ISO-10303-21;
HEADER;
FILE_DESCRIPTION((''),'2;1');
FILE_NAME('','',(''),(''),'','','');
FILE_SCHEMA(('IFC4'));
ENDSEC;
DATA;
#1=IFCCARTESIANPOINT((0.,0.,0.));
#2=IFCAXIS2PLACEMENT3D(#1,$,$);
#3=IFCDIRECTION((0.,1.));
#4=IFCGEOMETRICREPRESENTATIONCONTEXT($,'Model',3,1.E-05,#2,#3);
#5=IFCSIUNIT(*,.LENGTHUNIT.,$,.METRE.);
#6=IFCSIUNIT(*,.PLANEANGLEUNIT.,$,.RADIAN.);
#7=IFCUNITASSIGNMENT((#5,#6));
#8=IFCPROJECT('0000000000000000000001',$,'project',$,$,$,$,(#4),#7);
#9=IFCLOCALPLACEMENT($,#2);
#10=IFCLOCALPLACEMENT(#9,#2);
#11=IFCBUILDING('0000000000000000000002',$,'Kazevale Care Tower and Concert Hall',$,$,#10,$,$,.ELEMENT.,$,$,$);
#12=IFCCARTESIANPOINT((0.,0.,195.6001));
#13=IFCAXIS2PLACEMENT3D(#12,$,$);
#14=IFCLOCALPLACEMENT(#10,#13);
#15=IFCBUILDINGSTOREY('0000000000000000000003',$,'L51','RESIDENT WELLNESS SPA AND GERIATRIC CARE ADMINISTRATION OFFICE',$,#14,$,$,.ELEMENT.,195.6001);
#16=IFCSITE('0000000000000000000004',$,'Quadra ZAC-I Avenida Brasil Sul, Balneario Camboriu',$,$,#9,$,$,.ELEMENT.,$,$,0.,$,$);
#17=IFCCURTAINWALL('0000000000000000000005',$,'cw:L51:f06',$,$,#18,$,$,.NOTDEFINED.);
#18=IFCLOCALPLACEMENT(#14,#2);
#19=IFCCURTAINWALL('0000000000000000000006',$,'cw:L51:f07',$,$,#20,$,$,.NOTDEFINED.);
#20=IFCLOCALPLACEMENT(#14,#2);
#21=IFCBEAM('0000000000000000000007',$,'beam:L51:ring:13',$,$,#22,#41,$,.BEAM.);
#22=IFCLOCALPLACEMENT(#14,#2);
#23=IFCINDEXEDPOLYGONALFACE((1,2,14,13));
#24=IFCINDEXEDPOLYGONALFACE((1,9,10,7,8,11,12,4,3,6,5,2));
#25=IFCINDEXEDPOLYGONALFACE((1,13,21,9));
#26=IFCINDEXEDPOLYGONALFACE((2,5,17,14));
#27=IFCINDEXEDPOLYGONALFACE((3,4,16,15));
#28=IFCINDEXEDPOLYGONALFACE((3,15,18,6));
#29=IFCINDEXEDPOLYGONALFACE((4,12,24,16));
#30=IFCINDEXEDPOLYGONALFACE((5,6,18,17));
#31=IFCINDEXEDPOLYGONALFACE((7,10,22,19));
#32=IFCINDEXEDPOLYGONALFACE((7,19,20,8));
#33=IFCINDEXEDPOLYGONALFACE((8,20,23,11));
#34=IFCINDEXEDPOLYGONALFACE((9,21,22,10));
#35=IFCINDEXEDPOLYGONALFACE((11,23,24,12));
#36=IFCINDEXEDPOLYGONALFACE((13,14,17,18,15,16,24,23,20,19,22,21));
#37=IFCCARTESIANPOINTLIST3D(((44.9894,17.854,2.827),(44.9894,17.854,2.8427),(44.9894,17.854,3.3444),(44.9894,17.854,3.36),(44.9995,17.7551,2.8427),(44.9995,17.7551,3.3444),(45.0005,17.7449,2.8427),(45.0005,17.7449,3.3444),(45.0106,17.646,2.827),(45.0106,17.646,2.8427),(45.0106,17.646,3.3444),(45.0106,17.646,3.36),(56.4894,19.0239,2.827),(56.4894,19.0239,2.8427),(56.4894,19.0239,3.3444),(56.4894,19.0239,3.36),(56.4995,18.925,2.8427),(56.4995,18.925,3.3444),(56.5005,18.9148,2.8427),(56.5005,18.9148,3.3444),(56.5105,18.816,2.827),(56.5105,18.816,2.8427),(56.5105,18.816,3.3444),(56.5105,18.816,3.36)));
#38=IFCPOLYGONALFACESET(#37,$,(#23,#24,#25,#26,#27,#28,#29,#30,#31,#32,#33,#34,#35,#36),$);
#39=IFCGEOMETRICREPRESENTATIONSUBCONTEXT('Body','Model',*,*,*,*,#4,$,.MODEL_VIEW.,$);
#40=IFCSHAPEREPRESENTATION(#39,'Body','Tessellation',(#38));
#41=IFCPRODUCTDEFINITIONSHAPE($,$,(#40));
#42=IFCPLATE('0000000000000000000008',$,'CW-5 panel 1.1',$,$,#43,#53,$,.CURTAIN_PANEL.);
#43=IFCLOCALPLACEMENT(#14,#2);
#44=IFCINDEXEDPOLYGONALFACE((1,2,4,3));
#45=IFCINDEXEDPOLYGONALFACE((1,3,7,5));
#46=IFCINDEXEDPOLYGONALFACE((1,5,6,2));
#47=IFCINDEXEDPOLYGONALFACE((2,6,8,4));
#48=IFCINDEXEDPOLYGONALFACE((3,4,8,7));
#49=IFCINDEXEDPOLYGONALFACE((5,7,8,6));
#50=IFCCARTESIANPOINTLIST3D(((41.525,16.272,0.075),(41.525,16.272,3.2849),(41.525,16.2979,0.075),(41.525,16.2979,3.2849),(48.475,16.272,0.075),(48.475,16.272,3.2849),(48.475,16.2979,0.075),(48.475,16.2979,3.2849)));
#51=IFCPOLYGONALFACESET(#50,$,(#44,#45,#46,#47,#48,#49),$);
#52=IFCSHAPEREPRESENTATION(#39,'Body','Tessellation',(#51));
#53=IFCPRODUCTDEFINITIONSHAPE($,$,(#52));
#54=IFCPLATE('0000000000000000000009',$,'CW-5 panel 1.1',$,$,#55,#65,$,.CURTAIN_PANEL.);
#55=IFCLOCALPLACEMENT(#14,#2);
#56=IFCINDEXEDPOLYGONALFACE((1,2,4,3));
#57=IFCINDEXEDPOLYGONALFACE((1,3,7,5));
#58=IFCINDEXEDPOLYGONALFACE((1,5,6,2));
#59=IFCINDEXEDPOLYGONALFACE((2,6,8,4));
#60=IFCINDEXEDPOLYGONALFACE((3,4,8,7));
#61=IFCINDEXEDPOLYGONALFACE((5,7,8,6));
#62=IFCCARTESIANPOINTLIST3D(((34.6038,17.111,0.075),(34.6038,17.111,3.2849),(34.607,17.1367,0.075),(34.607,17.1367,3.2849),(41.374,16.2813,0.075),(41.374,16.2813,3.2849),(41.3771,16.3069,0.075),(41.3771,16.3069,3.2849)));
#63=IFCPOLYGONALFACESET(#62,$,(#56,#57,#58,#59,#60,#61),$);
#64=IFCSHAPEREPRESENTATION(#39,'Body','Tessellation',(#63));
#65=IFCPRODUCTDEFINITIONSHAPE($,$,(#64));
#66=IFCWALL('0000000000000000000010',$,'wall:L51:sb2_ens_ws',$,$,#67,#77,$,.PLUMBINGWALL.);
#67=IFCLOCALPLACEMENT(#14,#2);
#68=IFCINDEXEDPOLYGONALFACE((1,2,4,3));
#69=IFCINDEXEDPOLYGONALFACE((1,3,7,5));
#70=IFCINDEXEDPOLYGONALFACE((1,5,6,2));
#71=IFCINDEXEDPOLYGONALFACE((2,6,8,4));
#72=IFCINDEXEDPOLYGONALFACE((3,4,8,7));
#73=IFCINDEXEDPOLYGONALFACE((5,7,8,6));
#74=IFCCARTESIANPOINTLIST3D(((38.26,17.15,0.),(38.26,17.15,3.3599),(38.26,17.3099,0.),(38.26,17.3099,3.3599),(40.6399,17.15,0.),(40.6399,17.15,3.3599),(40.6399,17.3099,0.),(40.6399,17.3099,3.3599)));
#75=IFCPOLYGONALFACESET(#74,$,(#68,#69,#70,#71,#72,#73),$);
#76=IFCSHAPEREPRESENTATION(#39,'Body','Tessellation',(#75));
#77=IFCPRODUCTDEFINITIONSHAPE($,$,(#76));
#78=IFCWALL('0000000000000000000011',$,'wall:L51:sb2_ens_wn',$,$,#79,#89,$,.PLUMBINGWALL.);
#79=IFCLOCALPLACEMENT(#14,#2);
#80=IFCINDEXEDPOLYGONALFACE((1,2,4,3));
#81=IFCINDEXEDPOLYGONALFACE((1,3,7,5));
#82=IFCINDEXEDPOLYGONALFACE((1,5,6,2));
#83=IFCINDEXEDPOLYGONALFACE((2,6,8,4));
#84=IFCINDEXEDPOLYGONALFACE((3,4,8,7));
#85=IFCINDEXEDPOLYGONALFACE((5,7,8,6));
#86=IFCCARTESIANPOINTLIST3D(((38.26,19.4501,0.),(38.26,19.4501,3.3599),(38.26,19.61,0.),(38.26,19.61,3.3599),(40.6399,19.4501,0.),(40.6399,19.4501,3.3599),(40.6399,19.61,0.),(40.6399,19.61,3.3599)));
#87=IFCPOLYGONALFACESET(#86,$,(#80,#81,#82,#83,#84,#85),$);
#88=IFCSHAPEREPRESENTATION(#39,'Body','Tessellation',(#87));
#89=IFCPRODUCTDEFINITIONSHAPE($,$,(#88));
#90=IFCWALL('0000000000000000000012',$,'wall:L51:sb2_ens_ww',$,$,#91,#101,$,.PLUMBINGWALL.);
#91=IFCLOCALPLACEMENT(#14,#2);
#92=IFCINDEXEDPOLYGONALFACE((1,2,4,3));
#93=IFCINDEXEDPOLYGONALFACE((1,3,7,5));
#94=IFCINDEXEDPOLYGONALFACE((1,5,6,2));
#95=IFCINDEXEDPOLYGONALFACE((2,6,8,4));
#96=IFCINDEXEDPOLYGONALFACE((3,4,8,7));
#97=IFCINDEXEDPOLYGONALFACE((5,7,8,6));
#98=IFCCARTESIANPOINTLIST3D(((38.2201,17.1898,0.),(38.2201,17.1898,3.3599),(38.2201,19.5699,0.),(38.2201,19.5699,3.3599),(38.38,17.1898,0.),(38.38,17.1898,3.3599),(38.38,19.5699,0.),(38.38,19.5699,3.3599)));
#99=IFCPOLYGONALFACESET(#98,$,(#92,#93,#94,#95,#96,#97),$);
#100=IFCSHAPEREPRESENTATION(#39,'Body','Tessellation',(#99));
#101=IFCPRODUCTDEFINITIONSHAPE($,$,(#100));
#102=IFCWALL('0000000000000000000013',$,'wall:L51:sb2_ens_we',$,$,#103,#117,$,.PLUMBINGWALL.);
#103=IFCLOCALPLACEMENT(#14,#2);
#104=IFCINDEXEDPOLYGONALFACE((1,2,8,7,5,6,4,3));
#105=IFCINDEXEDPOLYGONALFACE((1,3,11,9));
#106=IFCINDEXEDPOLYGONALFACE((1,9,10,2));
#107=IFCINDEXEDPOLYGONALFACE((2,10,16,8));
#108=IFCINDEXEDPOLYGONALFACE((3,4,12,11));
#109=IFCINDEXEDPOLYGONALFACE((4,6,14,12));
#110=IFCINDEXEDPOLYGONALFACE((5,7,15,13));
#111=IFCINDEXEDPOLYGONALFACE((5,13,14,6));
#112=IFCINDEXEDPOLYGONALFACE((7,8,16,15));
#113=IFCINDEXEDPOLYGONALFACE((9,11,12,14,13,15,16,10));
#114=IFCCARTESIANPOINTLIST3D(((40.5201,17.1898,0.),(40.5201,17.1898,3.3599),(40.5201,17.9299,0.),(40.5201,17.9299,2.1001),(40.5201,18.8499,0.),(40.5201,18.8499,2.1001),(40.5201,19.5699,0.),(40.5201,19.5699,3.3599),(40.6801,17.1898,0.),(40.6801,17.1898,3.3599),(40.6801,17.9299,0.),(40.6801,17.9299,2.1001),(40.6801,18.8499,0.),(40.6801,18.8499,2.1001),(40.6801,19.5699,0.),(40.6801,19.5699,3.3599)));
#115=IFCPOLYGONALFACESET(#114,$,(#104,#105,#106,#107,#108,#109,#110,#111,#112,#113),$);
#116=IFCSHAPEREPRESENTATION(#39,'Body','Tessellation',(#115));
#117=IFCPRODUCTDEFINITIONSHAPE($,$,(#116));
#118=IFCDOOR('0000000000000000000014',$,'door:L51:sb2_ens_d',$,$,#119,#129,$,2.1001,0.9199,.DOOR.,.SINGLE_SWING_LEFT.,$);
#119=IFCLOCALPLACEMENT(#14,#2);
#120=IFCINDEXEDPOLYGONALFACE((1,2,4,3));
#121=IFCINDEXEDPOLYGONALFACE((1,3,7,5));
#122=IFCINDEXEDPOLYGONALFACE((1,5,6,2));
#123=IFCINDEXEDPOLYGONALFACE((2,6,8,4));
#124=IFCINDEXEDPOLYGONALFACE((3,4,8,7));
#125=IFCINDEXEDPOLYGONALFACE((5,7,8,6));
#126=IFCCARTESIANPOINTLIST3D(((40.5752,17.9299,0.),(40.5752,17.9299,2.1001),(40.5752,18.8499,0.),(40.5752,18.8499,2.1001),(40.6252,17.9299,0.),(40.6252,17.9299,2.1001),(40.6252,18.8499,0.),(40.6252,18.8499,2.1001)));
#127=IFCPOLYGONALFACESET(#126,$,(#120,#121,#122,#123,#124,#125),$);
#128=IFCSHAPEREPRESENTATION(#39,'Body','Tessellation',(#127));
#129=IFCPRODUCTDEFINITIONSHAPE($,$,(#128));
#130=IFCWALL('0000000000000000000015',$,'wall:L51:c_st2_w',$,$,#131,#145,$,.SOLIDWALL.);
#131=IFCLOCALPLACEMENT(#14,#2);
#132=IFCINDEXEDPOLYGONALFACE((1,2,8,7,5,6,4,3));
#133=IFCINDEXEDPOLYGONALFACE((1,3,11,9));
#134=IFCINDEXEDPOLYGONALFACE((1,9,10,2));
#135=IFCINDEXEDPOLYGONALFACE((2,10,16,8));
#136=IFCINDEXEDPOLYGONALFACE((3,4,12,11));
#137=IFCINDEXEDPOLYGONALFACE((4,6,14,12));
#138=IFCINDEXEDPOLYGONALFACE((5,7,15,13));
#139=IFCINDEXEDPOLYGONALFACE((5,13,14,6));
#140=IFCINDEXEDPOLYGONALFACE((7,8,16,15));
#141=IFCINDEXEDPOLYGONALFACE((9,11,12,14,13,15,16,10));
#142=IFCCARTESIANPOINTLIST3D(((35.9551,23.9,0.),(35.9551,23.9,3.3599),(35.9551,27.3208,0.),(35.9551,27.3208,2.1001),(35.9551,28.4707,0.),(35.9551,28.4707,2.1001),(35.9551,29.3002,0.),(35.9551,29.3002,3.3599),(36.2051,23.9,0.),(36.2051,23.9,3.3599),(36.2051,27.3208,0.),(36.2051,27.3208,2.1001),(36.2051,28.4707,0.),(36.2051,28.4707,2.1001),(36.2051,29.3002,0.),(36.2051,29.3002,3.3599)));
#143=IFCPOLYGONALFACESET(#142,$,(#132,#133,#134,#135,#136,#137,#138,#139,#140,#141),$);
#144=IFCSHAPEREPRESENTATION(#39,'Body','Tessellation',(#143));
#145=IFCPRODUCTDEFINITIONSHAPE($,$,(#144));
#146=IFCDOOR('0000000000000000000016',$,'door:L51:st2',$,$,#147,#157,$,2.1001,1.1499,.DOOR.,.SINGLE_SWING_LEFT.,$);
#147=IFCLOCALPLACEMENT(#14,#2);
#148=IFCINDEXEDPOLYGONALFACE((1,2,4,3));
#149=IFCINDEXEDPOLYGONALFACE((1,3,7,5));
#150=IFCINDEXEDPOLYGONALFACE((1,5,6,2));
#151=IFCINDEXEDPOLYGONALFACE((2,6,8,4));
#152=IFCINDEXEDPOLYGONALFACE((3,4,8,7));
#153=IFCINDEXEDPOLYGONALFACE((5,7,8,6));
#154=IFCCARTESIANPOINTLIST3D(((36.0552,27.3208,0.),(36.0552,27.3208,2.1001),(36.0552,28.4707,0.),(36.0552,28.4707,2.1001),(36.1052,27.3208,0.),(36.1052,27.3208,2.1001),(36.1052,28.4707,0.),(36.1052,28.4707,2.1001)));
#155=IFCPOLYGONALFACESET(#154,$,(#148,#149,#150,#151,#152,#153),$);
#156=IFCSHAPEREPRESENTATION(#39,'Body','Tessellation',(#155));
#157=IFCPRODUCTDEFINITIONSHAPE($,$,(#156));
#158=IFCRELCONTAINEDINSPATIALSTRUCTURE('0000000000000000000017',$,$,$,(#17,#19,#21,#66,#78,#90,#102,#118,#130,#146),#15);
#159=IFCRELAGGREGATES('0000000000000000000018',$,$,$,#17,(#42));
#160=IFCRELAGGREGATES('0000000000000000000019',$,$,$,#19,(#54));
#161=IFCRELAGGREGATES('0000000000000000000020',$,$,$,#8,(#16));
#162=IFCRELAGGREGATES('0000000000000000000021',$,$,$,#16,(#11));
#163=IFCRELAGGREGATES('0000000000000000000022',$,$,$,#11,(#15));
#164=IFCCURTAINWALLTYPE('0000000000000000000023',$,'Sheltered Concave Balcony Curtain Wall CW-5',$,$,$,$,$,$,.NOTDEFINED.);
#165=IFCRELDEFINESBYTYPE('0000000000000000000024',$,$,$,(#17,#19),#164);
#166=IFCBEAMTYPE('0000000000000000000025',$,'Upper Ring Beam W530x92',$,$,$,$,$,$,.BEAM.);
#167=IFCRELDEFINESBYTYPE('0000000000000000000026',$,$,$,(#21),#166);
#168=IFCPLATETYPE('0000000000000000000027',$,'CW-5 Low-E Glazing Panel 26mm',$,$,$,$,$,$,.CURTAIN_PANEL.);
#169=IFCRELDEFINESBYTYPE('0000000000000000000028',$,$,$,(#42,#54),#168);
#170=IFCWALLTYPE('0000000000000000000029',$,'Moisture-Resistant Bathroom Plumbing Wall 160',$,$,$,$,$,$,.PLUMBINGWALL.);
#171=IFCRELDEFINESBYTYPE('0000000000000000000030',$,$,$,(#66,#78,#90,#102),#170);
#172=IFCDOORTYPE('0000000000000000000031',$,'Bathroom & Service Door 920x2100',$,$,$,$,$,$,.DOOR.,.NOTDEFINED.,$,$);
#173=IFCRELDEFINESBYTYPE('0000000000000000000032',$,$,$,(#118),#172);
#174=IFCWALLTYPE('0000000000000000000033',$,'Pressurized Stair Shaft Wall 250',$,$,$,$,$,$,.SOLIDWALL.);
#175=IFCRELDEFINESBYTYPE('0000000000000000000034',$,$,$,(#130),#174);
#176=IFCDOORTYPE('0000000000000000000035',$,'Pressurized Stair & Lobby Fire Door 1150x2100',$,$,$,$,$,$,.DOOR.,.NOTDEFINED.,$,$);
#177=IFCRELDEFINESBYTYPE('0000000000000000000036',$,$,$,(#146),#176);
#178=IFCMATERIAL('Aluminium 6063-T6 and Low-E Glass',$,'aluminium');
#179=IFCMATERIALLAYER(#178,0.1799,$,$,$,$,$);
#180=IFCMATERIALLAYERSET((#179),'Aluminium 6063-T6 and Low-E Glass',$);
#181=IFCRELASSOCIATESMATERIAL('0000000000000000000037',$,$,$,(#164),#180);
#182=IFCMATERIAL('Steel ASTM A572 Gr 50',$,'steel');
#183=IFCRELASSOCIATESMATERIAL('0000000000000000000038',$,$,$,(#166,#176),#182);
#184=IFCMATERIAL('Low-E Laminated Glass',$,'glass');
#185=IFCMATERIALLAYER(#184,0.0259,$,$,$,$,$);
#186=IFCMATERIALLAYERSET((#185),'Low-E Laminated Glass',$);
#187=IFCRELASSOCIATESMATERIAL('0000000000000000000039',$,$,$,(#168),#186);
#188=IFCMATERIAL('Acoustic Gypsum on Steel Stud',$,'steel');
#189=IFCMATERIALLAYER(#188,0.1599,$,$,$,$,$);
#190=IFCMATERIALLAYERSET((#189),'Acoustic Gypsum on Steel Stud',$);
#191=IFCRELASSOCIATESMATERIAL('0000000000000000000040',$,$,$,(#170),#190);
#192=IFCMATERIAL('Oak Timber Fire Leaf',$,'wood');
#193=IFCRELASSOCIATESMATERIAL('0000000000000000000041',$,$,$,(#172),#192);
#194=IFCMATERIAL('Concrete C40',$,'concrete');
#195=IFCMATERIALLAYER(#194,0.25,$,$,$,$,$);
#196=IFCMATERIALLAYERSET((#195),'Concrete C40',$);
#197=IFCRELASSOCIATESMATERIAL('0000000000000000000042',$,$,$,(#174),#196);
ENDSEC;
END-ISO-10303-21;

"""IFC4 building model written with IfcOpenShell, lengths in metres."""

from ifc_helpers import new_model, si_unit, direction, frame, frame_2d, origin, origin_2d, place, context, subcontext, project, spatial, rectangle, i_section, extrude, material, layer, layer_set, material_profile, profile_set, type_object, element, fill, aggregate, save


model = new_model("IFC4")

# Units and contexts
model_context = context("Model", 3, precision=1e-05, world=origin(), true_north=direction((0.0, 1.0)))
body_context = subcontext(model_context, "Body", "Model", "MODEL_VIEW")
ifc_project = project(units=[si_unit("LENGTHUNIT", "METRE"), si_unit("PLANEANGLEUNIT", "RADIAN")], contexts=[model_context])

# Site, building, storey
site_placement = place(None, origin())
site = spatial("IfcSite", under=ifc_project, at=site_placement, Name="Quadra ZAC-I Avenida Brasil Sul, Balneario Camboriu", CompositionType="ELEMENT", RefElevation=0.0)
building_placement = place(site_placement, origin())
building = spatial("IfcBuilding", under=site, at=building_placement, Name="Kazevale Care Tower and Concert Hall", CompositionType="ELEMENT")
storey_placement = place(building_placement, frame((0.0, 0.0, 195.6001)))
storey = spatial("IfcBuildingStorey", under=building, at=storey_placement, Name="L51", Description="RESIDENT WELLNESS SPA AND GERIATRIC CARE ADMINISTRATION OFFICE", CompositionType="ELEMENT", Elevation=195.6001)

# Curtain wall
ifc_material_1 = material(Name="Aluminium 6063-T6 and Low-E Glass", Category="aluminium")
ifc_layer_1 = layer(ifc_material_1, 0.1799)
ifc_layer_set_1 = layer_set([ifc_layer_1], Name="Aluminium 6063-T6 and Low-E Glass")
curtain_wall_type = type_object("IfcCurtainWallType", Name="Sheltered Concave Balcony Curtain Wall CW-5", PredefinedType="NOTDEFINED", material=ifc_layer_set_1)
curtain_wall_1_placement = place(storey_placement, origin())
curtain_wall_1 = element("IfcCurtainWall", 1, at=curtain_wall_1_placement, inside=storey, type_object=curtain_wall_type, Name="cw:L51:f06", PredefinedType="NOTDEFINED")

# Curtain wall
curtain_wall_2_placement = place(storey_placement, origin())
curtain_wall_2 = element("IfcCurtainWall", 2, at=curtain_wall_2_placement, inside=storey, type_object=curtain_wall_type, Name="cw:L51:f07", PredefinedType="NOTDEFINED")

# Beam
ifc_material_2 = material(Name="Steel ASTM A572 Gr 50", Category="steel")
ifc_material_profile_1 = material_profile(ifc_material_2, i_section(OverallWidth=0.209, OverallDepth=0.533, WebThickness=0.0103, FlangeThickness=0.0156, at=origin_2d()), Name="W530x92")
ifc_profile_set_1 = profile_set([ifc_material_profile_1], Name="Steel ASTM A572 Gr 50")
beam_type_1 = type_object("IfcBeamType", Name="Upper Ring Beam W530x92", PredefinedType="BEAM", material=ifc_profile_set_1)
beam_1_placement = place(storey_placement, frame((45.0, 17.75, 3.0935), z_axis=(0.994865, 0.10121, 0.0), x_axis=(-0.10121, 0.994865, 0.0)))
element("IfcBeam", 3, at=beam_1_placement, inside=storey, type_object=beam_type_1, Name="beam:L51:ring:13", PredefinedType="BEAM", context=body_context, shape_type="SweptSolid", body=[
    extrude(i_section(OverallWidth=0.209, OverallDepth=0.533, WebThickness=0.0103, FlangeThickness=0.0156, at=origin_2d()), origin(), (0.0, 0.0, 1.0), 11.5593),
])

# Plates
ifc_material_3 = material(Name="Low-E Laminated Glass", Category="glass")
ifc_layer_2 = layer(ifc_material_3, 0.0259)
ifc_layer_set_2 = layer_set([ifc_layer_2], Name="Low-E Laminated Glass")
plate_type = type_object("IfcPlateType", Name="CW-5 Low-E Glazing Panel 26mm", PredefinedType="CURTAIN_PANEL", material=ifc_layer_set_2)
plate_1_placement = place(storey_placement, frame((45.0, 16.2849, 0.075), z_axis=(0.0, 0.0, 1.0), x_axis=(-1.0, 0.0, 0.0)))
plate_1 = element("IfcPlate", 4, at=plate_1_placement, type_object=plate_type, Name="CW-5 panel 1.1", PredefinedType="CURTAIN_PANEL", context=body_context, shape_type="SweptSolid", body=[
    extrude(rectangle(XDim=6.95, YDim=0.0259, at=origin_2d()), origin(), (0.0, 0.0, 1.0), 3.21),
])
aggregate(curtain_wall_1, [plate_1])
plate_2_placement = place(storey_placement, frame((37.9905, 16.709, 0.075), z_axis=(0.0, 0.0, 1.0), x_axis=(-0.992573, 0.121651, 0.0)))
plate_2 = element("IfcPlate", 5, at=plate_2_placement, type_object=plate_type, Name="CW-5 panel 1.1", PredefinedType="CURTAIN_PANEL", context=body_context, shape_type="SweptSolid", body=[
    extrude(rectangle(XDim=6.8208, YDim=0.0259, at=origin_2d()), origin(), (0.0, 0.0, 1.0), 3.21),
])
aggregate(curtain_wall_2, [plate_2])

# Shared definitions
ifc_material_4 = material(Name="Oak Timber Fire Leaf", Category="wood")

# Walls
ifc_material_5 = material(Name="Acoustic Gypsum on Steel Stud", Category="steel")
ifc_layer_3 = layer(ifc_material_5, 0.1599)
ifc_layer_set_3 = layer_set([ifc_layer_3], Name="Acoustic Gypsum on Steel Stud")
wall_type_1 = type_object("IfcWallType", Name="Moisture-Resistant Bathroom Plumbing Wall 160", PredefinedType="PLUMBINGWALL", material=ifc_layer_set_3)
for number, where, z_axis, x_axis, name in (
    (6, (38.26, 17.23, 0.0), (0.0, 0.0, 1.0), (1.0, 0.0, 0.0), "wall:L51:sb2_ens_ws"),
    (7, (38.26, 19.53, 0.0), (0.0, 0.0, 1.0), (1.0, 0.0, 0.0), "wall:L51:sb2_ens_wn"),
):
    element("IfcWall", number, at=place(storey_placement, frame(where, z_axis=z_axis, x_axis=x_axis)), inside=storey, type_object=wall_type_1, Name=name, PredefinedType="PLUMBINGWALL", context=body_context, shape_type="SweptSolid", body=[
        extrude(rectangle(XDim=2.3799, YDim=0.1599, at=frame_2d((1.1899, 0.0))), origin(), (0.0, 0.0, 1.0), 3.3599),
    ])
wall_1_placement = place(storey_placement, frame((38.3, 17.1899, 0.0), z_axis=(0.0, 0.0, 1.0), x_axis=(0.0, 1.0, 0.0)))
element("IfcWall", 8, at=wall_1_placement, inside=storey, type_object=wall_type_1, Name="wall:L51:sb2_ens_ww", PredefinedType="PLUMBINGWALL", context=body_context, shape_type="SweptSolid", body=[
    extrude(rectangle(XDim=2.3801, YDim=0.1599, at=frame_2d((1.1899, 0.0))), origin(), (0.0, 0.0, 1.0), 3.3599),
])

# Walls, openings, doors
wall_2_placement = place(storey_placement, frame((40.6001, 17.1899, 0.0), z_axis=(0.0, 0.0, 1.0), x_axis=(0.0, 1.0, 0.0)))
wall_2 = element("IfcWall", 9, at=wall_2_placement, inside=storey, type_object=wall_type_1, Name="wall:L51:sb2_ens_we", PredefinedType="PLUMBINGWALL", context=body_context, shape_type="SweptSolid", body=[
    extrude(rectangle(XDim=2.3801, YDim=0.1599, at=frame_2d((1.1899, 0.0))), origin(), (0.0, 0.0, 1.0), 3.3599),
])
opening_1_placement = place(wall_2_placement, frame((0.74, 0.0, 0.0)))
opening_1 = element("IfcOpeningElement", 10, at=opening_1_placement, cuts=wall_2, PredefinedType="OPENING", context=body_context, shape_type="SweptSolid", body=[
    extrude(rectangle(XDim=0.9199, YDim=2.1001, at=frame_2d((0.46, 1.05))), frame((0.0, 0.0898, 0.0), z_axis=(0.0, -1.0, 0.0), x_axis=(1.0, 0.0, 0.0)), (0.0, 0.0, 1.0), 0.1799),
])
door_type_1 = type_object("IfcDoorType", Name="Bathroom & Service Door 920x2100", OperationType="NOTDEFINED", PredefinedType="DOOR", material=ifc_material_4)
door_1_placement = place(opening_1_placement, origin())
door_1 = element("IfcDoor", 11, at=door_1_placement, inside=storey, type_object=door_type_1, Name="door:L51:sb2_ens_d", OperationType="SINGLE_SWING_LEFT", OverallHeight=2.1001, OverallWidth=0.9199, PredefinedType="DOOR", context=body_context, shape_type="SweptSolid", body=[
    extrude(rectangle(XDim=0.9199, YDim=2.1001, at=frame_2d((0.46, 1.05))), frame((0.0, 0.0249, 0.0), z_axis=(0.0, -1.0, 0.0), x_axis=(1.0, 0.0, 0.0)), (0.0, 0.0, 1.0), 0.05),
])
fill(opening_1, door_1)
ifc_material_6 = material(Name="Concrete C40", Category="concrete")
ifc_layer_4 = layer(ifc_material_6, 0.25)
ifc_layer_set_4 = layer_set([ifc_layer_4], Name="Concrete C40")
wall_type_2 = type_object("IfcWallType", Name="Pressurized Stair Shaft Wall 250", PredefinedType="SOLIDWALL", material=ifc_layer_set_4)
wall_3_placement = place(storey_placement, frame((36.0801, 23.8999, 0.0), z_axis=(0.0, 0.0, 1.0), x_axis=(0.0, 1.0, 0.0)))
wall_3 = element("IfcWall", 12, at=wall_3_placement, inside=storey, type_object=wall_type_2, Name="wall:L51:c_st2_w", PredefinedType="SOLIDWALL", context=body_context, shape_type="SweptSolid", body=[
    extrude(rectangle(XDim=5.4001, YDim=0.25, at=frame_2d((2.7002, 0.0))), origin(), (0.0, 0.0, 1.0), 3.3599),
])
opening_2_placement = place(wall_3_placement, frame((3.4209, 0.0, 0.0)))
opening_2 = element("IfcOpeningElement", 13, at=opening_2_placement, cuts=wall_3, PredefinedType="OPENING", context=body_context, shape_type="SweptSolid", body=[
    extrude(rectangle(XDim=1.1499, YDim=2.1001, at=frame_2d((0.575, 1.05))), frame((0.0, 0.135, 0.0), z_axis=(0.0, -1.0, 0.0), x_axis=(1.0, 0.0, 0.0)), (0.0, 0.0, 1.0), 0.27),
])
door_type_2 = type_object("IfcDoorType", Name="Pressurized Stair & Lobby Fire Door 1150x2100", OperationType="NOTDEFINED", PredefinedType="DOOR", material=ifc_material_2)
door_2_placement = place(opening_2_placement, origin())
door_2 = element("IfcDoor", 14, at=door_2_placement, inside=storey, type_object=door_type_2, Name="door:L51:st2", OperationType="SINGLE_SWING_LEFT", OverallHeight=2.1001, OverallWidth=1.1499, PredefinedType="DOOR", context=body_context, shape_type="SweptSolid", body=[
    extrude(rectangle(XDim=1.1499, YDim=2.1001, at=frame_2d((0.575, 1.05))), frame((0.0, 0.0249, 0.0), z_axis=(0.0, -1.0, 0.0), x_axis=(1.0, 0.0, 0.0)), (0.0, 0.0, 1.0), 0.05),
])
fill(opening_2, door_2)

save(model, "model.ifc")
